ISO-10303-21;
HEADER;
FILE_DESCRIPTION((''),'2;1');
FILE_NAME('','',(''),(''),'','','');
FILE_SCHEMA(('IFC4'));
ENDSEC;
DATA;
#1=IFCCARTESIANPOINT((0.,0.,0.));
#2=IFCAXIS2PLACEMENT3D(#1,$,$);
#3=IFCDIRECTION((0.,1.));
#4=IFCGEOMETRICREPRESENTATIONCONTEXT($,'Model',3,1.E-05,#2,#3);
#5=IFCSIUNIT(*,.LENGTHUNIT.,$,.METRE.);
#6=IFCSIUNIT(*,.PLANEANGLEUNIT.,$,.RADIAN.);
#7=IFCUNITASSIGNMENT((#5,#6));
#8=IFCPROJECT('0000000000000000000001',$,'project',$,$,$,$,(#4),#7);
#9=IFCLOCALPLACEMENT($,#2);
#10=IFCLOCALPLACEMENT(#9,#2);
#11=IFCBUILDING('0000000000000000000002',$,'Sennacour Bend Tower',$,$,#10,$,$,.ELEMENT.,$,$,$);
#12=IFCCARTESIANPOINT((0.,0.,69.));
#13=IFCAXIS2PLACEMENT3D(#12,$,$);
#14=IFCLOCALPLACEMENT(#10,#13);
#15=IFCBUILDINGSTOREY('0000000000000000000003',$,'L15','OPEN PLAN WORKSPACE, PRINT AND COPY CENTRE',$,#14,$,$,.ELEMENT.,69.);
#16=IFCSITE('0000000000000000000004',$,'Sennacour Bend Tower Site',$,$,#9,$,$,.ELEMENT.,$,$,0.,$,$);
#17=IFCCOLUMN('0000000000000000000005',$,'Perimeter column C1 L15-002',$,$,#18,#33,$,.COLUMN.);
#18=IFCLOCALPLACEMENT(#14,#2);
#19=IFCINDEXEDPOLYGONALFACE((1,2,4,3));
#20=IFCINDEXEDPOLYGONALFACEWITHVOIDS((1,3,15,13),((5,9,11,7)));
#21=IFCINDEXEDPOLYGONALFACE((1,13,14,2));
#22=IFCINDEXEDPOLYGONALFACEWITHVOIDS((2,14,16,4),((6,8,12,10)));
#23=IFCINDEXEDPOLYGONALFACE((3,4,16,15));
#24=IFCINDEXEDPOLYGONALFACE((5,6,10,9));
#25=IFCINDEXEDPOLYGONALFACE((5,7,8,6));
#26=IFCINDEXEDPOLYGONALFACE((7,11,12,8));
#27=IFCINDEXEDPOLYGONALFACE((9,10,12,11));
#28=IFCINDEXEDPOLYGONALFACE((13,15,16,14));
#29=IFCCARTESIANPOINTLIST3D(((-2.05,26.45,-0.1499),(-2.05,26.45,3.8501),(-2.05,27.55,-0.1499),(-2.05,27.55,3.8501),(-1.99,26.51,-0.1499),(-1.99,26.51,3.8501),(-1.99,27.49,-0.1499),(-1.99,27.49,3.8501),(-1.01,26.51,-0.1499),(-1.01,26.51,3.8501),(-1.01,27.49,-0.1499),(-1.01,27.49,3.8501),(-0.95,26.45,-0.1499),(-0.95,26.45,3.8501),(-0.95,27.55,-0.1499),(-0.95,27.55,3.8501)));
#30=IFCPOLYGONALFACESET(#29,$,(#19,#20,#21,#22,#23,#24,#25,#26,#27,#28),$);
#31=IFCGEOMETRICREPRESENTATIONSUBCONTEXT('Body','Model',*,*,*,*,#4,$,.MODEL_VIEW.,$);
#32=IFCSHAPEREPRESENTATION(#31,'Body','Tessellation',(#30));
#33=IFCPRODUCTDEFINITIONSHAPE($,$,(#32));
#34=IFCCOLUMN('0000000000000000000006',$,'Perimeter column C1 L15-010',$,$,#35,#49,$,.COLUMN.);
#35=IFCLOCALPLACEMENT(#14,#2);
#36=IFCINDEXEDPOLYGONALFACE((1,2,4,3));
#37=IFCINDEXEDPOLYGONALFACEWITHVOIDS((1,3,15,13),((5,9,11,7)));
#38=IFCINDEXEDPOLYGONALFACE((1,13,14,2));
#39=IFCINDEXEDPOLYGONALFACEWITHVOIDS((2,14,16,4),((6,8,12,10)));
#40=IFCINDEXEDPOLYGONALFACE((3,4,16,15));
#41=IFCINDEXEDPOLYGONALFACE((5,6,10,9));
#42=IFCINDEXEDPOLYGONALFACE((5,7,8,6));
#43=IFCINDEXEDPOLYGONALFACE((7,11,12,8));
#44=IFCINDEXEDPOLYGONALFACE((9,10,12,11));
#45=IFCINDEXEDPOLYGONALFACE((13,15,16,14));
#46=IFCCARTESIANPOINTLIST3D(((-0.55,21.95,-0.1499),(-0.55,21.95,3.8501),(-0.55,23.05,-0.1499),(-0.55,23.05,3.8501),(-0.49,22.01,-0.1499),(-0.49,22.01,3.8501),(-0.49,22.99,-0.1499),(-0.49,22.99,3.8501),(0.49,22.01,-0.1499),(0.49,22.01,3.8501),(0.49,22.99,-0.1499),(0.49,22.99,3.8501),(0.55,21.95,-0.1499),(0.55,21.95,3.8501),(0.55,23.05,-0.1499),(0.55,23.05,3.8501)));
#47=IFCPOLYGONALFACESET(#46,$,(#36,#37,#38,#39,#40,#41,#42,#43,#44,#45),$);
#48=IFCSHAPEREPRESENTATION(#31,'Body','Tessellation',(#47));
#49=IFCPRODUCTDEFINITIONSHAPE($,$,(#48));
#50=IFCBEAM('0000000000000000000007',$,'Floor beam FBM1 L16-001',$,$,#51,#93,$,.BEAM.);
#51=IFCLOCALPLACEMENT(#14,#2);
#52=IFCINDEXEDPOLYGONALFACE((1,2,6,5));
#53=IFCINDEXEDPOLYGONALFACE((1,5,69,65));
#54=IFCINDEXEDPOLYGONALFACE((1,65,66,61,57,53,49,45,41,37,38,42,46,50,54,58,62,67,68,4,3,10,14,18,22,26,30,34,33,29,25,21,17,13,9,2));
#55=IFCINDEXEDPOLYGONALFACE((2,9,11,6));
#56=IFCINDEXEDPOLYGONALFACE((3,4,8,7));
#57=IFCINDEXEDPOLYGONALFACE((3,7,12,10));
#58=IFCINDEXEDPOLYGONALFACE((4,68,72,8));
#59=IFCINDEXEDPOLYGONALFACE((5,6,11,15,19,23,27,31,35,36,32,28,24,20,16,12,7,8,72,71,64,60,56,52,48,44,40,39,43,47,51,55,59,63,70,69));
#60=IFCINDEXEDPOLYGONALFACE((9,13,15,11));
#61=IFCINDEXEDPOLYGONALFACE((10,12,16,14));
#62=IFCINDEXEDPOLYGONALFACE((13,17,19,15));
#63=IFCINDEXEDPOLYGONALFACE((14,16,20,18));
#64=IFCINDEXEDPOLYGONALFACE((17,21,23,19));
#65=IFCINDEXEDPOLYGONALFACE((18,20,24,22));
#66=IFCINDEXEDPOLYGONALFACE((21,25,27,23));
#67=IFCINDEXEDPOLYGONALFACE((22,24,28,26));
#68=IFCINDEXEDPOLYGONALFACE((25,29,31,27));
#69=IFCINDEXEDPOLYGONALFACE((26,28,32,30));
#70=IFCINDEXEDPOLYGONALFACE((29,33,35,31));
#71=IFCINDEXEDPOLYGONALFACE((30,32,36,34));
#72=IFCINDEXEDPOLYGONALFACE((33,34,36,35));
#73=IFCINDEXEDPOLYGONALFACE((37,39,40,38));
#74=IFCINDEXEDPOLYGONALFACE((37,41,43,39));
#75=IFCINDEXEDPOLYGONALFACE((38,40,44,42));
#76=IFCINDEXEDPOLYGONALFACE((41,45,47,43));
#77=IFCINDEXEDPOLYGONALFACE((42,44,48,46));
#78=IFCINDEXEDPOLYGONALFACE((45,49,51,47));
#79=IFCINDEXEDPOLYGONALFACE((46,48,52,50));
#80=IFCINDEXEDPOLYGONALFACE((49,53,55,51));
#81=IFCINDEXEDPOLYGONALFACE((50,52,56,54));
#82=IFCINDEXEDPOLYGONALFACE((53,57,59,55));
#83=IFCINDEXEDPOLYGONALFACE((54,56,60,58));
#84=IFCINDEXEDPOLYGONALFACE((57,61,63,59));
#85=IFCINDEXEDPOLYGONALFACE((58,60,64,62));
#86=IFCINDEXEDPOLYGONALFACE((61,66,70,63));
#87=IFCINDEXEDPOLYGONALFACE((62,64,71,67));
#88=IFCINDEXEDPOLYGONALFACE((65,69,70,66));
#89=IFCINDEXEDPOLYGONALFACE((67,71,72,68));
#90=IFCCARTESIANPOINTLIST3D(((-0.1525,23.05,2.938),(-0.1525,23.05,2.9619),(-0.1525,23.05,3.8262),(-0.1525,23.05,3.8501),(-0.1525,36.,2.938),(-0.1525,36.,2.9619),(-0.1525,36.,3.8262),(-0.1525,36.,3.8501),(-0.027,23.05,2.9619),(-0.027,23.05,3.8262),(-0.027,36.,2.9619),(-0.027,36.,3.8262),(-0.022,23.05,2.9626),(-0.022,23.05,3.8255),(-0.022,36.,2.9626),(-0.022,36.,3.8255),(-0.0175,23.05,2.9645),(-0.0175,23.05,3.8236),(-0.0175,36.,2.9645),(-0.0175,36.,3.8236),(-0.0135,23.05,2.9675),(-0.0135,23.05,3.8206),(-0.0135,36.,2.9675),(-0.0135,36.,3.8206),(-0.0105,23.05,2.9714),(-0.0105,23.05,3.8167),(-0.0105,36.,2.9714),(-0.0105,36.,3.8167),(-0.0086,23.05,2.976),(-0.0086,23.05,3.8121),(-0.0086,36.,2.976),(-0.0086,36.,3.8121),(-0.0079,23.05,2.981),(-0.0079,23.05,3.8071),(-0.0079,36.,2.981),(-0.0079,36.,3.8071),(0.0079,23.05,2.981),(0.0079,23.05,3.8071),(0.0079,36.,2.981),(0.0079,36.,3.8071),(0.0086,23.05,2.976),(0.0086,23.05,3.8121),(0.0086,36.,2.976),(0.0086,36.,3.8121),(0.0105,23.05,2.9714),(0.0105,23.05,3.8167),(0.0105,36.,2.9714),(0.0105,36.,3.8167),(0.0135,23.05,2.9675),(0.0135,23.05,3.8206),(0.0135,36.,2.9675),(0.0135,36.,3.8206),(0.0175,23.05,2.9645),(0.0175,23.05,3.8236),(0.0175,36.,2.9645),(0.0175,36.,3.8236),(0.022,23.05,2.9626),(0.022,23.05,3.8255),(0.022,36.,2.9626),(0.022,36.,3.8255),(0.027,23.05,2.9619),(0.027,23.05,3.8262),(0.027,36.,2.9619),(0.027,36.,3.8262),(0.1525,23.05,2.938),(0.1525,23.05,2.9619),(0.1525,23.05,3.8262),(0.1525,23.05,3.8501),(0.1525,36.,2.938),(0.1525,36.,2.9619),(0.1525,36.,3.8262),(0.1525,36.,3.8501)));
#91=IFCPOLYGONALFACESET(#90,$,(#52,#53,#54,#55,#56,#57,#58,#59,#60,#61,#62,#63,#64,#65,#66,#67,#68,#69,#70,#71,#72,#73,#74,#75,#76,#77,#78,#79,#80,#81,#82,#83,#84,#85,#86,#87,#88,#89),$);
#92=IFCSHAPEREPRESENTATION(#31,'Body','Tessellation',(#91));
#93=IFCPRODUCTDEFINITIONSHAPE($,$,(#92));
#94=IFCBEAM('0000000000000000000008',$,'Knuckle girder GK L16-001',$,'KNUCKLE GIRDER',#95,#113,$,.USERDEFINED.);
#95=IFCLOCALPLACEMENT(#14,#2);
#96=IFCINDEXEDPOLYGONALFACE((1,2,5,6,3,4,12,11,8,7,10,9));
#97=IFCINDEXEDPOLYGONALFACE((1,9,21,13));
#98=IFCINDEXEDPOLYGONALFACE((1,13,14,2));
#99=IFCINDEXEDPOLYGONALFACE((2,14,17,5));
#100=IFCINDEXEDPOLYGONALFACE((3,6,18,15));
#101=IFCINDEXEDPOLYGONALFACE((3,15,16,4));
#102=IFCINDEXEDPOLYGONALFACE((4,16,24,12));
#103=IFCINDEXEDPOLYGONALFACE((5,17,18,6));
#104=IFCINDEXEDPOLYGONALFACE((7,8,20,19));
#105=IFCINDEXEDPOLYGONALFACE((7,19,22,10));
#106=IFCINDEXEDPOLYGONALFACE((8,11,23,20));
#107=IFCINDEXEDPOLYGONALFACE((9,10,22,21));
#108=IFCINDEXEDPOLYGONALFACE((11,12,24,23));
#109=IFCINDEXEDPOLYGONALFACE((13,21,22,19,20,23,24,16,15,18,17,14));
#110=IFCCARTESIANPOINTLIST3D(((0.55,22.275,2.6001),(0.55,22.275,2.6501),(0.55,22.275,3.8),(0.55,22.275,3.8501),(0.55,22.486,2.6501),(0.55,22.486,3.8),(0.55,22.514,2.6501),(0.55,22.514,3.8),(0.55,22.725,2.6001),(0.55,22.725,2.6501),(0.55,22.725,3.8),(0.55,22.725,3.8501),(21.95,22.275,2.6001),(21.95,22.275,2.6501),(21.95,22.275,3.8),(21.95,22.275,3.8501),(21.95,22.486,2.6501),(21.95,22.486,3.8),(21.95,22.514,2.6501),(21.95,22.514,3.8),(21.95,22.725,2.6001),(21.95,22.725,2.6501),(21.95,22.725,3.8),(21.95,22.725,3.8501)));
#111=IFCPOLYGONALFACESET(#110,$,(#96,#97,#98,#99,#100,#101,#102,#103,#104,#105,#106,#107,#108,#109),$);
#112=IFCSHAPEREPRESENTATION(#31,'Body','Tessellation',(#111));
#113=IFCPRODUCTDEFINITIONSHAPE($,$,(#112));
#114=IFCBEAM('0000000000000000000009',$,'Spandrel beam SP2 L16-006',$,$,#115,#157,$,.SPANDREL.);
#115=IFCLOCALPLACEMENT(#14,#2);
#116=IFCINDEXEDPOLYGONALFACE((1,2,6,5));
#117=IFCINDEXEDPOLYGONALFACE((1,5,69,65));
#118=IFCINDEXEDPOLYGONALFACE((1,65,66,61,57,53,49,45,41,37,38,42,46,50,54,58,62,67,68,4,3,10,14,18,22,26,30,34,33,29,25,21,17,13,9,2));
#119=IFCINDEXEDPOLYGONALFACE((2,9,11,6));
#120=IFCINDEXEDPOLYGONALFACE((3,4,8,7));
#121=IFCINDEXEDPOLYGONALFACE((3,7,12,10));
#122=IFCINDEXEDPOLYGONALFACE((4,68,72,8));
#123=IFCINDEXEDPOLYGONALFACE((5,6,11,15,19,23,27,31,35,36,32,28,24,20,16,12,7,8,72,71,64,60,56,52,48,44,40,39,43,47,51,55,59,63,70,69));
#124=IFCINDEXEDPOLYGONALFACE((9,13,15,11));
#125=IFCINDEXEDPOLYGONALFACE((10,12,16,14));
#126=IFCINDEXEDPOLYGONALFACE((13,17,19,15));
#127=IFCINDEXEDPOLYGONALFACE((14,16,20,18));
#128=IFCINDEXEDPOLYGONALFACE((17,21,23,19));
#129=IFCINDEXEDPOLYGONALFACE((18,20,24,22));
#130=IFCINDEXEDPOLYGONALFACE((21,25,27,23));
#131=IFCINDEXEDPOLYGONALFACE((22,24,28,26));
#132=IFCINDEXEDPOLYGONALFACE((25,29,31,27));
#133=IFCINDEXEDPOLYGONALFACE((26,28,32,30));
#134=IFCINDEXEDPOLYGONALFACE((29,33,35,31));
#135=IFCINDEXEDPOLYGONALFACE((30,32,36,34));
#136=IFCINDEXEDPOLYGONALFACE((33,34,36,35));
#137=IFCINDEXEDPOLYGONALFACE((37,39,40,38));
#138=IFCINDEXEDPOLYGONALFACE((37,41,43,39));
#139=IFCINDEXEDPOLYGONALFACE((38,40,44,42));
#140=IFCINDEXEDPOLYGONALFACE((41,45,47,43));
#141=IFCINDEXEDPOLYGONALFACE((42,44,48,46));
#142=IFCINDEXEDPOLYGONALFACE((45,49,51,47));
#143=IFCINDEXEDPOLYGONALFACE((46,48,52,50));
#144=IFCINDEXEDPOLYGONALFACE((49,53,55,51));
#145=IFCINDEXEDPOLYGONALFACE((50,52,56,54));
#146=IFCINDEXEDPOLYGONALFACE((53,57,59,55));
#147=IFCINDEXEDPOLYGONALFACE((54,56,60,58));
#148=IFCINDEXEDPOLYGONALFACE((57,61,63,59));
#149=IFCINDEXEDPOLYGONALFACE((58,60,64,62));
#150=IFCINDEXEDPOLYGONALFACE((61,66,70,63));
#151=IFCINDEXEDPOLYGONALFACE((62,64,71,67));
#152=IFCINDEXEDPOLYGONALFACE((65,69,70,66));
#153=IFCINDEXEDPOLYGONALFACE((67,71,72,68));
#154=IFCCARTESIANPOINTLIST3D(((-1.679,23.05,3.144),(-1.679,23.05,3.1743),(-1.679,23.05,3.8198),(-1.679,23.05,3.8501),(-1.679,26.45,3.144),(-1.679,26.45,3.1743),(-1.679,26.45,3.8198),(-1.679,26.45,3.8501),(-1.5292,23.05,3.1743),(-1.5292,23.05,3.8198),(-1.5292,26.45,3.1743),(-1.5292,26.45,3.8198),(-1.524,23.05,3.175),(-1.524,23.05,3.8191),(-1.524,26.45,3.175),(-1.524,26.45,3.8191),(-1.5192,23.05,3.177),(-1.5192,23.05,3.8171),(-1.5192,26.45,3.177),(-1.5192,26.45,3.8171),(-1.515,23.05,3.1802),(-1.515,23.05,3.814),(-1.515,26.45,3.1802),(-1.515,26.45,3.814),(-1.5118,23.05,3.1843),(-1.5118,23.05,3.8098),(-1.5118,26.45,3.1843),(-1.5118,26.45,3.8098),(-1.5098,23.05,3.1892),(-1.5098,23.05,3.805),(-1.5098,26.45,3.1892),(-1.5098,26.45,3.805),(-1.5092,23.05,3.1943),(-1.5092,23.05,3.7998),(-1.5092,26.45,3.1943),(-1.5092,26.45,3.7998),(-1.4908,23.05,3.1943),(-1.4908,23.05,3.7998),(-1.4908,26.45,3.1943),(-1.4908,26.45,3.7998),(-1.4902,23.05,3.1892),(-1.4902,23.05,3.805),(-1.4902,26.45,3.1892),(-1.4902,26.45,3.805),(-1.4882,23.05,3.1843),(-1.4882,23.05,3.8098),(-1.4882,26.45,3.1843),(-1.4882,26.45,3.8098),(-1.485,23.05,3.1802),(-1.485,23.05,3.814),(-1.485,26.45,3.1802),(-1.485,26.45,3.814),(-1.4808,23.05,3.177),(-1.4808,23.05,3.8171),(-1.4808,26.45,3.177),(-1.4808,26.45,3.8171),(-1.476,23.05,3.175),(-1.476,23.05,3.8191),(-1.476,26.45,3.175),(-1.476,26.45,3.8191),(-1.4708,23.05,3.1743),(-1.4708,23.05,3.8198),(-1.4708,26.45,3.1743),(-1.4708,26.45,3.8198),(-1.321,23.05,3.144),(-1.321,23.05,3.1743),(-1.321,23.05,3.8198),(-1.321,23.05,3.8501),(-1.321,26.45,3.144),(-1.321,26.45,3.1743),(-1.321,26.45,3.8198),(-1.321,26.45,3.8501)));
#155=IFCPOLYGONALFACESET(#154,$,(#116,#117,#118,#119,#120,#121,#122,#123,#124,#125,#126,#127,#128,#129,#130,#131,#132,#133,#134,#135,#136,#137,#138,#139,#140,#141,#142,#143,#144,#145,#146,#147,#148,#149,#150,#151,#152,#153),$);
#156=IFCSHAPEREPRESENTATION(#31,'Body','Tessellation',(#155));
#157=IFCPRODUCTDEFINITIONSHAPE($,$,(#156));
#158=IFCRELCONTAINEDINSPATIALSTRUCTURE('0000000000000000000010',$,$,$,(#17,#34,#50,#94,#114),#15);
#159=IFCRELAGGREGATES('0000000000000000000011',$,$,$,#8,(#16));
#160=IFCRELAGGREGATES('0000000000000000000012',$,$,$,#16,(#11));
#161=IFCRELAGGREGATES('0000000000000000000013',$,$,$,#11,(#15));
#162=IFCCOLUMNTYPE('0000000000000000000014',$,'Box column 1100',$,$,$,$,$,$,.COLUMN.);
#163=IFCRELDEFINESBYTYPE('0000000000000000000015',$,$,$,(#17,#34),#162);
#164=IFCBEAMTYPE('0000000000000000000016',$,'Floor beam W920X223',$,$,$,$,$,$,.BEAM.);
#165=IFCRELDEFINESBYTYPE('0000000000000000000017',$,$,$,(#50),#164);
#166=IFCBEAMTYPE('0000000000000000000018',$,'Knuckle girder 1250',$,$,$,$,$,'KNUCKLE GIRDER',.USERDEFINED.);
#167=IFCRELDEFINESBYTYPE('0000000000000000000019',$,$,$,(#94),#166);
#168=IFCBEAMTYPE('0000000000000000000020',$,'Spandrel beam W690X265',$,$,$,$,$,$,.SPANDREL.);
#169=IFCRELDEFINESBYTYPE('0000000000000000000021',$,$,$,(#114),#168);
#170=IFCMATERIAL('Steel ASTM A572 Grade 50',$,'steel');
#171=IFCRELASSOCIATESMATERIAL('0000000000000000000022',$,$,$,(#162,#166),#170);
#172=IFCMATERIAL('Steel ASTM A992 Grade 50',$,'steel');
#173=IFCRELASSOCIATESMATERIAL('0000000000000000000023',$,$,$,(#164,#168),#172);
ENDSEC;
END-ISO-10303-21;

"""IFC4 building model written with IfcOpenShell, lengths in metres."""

from ifc_helpers import new_model, si_unit, direction, frame, origin, origin_2d, place, context, subcontext, project, spatial, hollow_rectangle, i_section, extrude, material, material_profile, profile_set, type_object, element, save


model = new_model("IFC4")

# Units and contexts
model_context = context("Model", 3, precision=1e-05, world=origin(), true_north=direction((0.0, 1.0)))
body_context = subcontext(model_context, "Body", "Model", "MODEL_VIEW")
ifc_project = project(units=[si_unit("LENGTHUNIT", "METRE"), si_unit("PLANEANGLEUNIT", "RADIAN")], contexts=[model_context])

# Site, building, storey
site_placement = place(None, origin())
site = spatial("IfcSite", under=ifc_project, at=site_placement, Name="Sennacour Bend Tower Site", CompositionType="ELEMENT", RefElevation=0.0)
building_placement = place(site_placement, origin())
building = spatial("IfcBuilding", under=site, at=building_placement, Name="Sennacour Bend Tower", CompositionType="ELEMENT")
storey_placement = place(building_placement, frame((0.0, 0.0, 69.0)))
storey = spatial("IfcBuildingStorey", under=building, at=storey_placement, Name="L15", Description="OPEN PLAN WORKSPACE, PRINT AND COPY CENTRE", CompositionType="ELEMENT", Elevation=69.0)

# Columns
ifc_material_1 = material(Name="Steel ASTM A572 Grade 50", Category="steel")
ifc_material_profile_1 = material_profile(ifc_material_1, hollow_rectangle(XDim=1.1001, YDim=1.1001, WallThickness=0.0601, at=origin_2d()), Name="Steel ASTM A572 Grade 50", Category="steel")
ifc_profile_set_1 = profile_set([ifc_material_profile_1], Name="Steel ASTM A572 Grade 50")
column_type = type_object("IfcColumnType", Name="Box column 1100", PredefinedType="COLUMN", material=ifc_profile_set_1)
for number, where, z_axis, x_axis, name in (
    (1, (-1.5, 27.0, -0.1499), (0.0, 0.0, 1.0), (1.0, 0.0, 0.0), "Perimeter column C1 L15-002"),
    (2, (0.0, 22.5, -0.1499), (0.0, 0.0, 1.0), (1.0, 0.0, 0.0), "Perimeter column C1 L15-010"),
):
    element("IfcColumn", number, at=place(storey_placement, frame(where, z_axis=z_axis, x_axis=x_axis)), inside=storey, type_object=column_type, Name=name, PredefinedType="COLUMN", context=body_context, shape_type="SweptSolid", body=[
        extrude(hollow_rectangle(XDim=1.1001, YDim=1.1001, WallThickness=0.0601, at=origin_2d()), origin(), (0.0, 0.0, 1.0), 4.0),
    ])

# Beams
ifc_material_2 = material(Name="Steel ASTM A992 Grade 50", Category="steel")
ifc_material_profile_2 = material_profile(ifc_material_2, i_section(OverallWidth=0.3049, OverallDepth=0.9121, WebThickness=0.0159, FlangeThickness=0.0239, FilletRadius=0.019, at=origin_2d()), Name="Steel ASTM A992 Grade 50", Category="steel")
ifc_profile_set_2 = profile_set([ifc_material_profile_2], Name="Steel ASTM A992 Grade 50")
beam_type_1 = type_object("IfcBeamType", Name="Floor beam W920X223", PredefinedType="BEAM", material=ifc_profile_set_2)
beam_1_placement = place(storey_placement, frame((0.0, 23.05, 3.394), z_axis=(0.0, 1.0, 0.0), x_axis=(-1.0, 0.0, 0.0)))
element("IfcBeam", 3, at=beam_1_placement, inside=storey, type_object=beam_type_1, Name="Floor beam FBM1 L16-001", PredefinedType="BEAM", context=body_context, shape_type="SweptSolid", body=[
    extrude(i_section(OverallWidth=0.3049, OverallDepth=0.9121, WebThickness=0.0159, FlangeThickness=0.0239, FilletRadius=0.019, at=origin_2d()), origin(), (0.0, 0.0, 1.0), 12.95),
])
ifc_material_profile_3 = material_profile(ifc_material_1, i_section(OverallWidth=0.45, OverallDepth=1.25, WebThickness=0.0281, FlangeThickness=0.05, at=origin_2d()), Name="Steel ASTM A572 Grade 50", Category="steel")
ifc_profile_set_3 = profile_set([ifc_material_profile_3], Name="Steel ASTM A572 Grade 50")
beam_type_2 = type_object("IfcBeamType", Name="Knuckle girder 1250", ElementType="KNUCKLE GIRDER", PredefinedType="USERDEFINED", material=ifc_profile_set_3)
beam_2_placement = place(storey_placement, frame((0.55, 22.5, 3.2251), z_axis=(1.0, 0.0, 0.0), x_axis=(0.0, 1.0, 0.0)))
element("IfcBeam", 4, at=beam_2_placement, inside=storey, type_object=beam_type_2, Name="Knuckle girder GK L16-001", ObjectType="KNUCKLE GIRDER", PredefinedType="USERDEFINED", context=body_context, shape_type="SweptSolid", body=[
    extrude(i_section(OverallWidth=0.45, OverallDepth=1.25, WebThickness=0.0281, FlangeThickness=0.05, at=origin_2d()), origin(), (0.0, 0.0, 1.0), 21.3999),
])
ifc_material_profile_4 = material_profile(ifc_material_2, i_section(OverallWidth=0.3579, OverallDepth=0.7061, WebThickness=0.0183, FlangeThickness=0.0303, FilletRadius=0.02, at=origin_2d()), Name="Steel ASTM A992 Grade 50", Category="steel")
ifc_profile_set_4 = profile_set([ifc_material_profile_4], Name="Steel ASTM A992 Grade 50")
beam_type_3 = type_object("IfcBeamType", Name="Spandrel beam W690X265", PredefinedType="SPANDREL", material=ifc_profile_set_4)
for number, where, z_axis, x_axis, name in (
    (5, (-1.5, 23.05, 3.4971), (0.0, 1.0, 0.0), (-1.0, 0.0, 0.0), "Spandrel beam SP2 L16-006"),
):
    element("IfcBeam", number, at=place(storey_placement, frame(where, z_axis=z_axis, x_axis=x_axis)), inside=storey, type_object=beam_type_3, Name=name, PredefinedType="SPANDREL", context=body_context, shape_type="SweptSolid", body=[
        extrude(i_section(OverallWidth=0.3579, OverallDepth=0.7061, WebThickness=0.0183, FlangeThickness=0.0303, FilletRadius=0.02, at=origin_2d()), origin(), (0.0, 0.0, 1.0), 3.3999),
    ])

save(model, "model.ifc")
